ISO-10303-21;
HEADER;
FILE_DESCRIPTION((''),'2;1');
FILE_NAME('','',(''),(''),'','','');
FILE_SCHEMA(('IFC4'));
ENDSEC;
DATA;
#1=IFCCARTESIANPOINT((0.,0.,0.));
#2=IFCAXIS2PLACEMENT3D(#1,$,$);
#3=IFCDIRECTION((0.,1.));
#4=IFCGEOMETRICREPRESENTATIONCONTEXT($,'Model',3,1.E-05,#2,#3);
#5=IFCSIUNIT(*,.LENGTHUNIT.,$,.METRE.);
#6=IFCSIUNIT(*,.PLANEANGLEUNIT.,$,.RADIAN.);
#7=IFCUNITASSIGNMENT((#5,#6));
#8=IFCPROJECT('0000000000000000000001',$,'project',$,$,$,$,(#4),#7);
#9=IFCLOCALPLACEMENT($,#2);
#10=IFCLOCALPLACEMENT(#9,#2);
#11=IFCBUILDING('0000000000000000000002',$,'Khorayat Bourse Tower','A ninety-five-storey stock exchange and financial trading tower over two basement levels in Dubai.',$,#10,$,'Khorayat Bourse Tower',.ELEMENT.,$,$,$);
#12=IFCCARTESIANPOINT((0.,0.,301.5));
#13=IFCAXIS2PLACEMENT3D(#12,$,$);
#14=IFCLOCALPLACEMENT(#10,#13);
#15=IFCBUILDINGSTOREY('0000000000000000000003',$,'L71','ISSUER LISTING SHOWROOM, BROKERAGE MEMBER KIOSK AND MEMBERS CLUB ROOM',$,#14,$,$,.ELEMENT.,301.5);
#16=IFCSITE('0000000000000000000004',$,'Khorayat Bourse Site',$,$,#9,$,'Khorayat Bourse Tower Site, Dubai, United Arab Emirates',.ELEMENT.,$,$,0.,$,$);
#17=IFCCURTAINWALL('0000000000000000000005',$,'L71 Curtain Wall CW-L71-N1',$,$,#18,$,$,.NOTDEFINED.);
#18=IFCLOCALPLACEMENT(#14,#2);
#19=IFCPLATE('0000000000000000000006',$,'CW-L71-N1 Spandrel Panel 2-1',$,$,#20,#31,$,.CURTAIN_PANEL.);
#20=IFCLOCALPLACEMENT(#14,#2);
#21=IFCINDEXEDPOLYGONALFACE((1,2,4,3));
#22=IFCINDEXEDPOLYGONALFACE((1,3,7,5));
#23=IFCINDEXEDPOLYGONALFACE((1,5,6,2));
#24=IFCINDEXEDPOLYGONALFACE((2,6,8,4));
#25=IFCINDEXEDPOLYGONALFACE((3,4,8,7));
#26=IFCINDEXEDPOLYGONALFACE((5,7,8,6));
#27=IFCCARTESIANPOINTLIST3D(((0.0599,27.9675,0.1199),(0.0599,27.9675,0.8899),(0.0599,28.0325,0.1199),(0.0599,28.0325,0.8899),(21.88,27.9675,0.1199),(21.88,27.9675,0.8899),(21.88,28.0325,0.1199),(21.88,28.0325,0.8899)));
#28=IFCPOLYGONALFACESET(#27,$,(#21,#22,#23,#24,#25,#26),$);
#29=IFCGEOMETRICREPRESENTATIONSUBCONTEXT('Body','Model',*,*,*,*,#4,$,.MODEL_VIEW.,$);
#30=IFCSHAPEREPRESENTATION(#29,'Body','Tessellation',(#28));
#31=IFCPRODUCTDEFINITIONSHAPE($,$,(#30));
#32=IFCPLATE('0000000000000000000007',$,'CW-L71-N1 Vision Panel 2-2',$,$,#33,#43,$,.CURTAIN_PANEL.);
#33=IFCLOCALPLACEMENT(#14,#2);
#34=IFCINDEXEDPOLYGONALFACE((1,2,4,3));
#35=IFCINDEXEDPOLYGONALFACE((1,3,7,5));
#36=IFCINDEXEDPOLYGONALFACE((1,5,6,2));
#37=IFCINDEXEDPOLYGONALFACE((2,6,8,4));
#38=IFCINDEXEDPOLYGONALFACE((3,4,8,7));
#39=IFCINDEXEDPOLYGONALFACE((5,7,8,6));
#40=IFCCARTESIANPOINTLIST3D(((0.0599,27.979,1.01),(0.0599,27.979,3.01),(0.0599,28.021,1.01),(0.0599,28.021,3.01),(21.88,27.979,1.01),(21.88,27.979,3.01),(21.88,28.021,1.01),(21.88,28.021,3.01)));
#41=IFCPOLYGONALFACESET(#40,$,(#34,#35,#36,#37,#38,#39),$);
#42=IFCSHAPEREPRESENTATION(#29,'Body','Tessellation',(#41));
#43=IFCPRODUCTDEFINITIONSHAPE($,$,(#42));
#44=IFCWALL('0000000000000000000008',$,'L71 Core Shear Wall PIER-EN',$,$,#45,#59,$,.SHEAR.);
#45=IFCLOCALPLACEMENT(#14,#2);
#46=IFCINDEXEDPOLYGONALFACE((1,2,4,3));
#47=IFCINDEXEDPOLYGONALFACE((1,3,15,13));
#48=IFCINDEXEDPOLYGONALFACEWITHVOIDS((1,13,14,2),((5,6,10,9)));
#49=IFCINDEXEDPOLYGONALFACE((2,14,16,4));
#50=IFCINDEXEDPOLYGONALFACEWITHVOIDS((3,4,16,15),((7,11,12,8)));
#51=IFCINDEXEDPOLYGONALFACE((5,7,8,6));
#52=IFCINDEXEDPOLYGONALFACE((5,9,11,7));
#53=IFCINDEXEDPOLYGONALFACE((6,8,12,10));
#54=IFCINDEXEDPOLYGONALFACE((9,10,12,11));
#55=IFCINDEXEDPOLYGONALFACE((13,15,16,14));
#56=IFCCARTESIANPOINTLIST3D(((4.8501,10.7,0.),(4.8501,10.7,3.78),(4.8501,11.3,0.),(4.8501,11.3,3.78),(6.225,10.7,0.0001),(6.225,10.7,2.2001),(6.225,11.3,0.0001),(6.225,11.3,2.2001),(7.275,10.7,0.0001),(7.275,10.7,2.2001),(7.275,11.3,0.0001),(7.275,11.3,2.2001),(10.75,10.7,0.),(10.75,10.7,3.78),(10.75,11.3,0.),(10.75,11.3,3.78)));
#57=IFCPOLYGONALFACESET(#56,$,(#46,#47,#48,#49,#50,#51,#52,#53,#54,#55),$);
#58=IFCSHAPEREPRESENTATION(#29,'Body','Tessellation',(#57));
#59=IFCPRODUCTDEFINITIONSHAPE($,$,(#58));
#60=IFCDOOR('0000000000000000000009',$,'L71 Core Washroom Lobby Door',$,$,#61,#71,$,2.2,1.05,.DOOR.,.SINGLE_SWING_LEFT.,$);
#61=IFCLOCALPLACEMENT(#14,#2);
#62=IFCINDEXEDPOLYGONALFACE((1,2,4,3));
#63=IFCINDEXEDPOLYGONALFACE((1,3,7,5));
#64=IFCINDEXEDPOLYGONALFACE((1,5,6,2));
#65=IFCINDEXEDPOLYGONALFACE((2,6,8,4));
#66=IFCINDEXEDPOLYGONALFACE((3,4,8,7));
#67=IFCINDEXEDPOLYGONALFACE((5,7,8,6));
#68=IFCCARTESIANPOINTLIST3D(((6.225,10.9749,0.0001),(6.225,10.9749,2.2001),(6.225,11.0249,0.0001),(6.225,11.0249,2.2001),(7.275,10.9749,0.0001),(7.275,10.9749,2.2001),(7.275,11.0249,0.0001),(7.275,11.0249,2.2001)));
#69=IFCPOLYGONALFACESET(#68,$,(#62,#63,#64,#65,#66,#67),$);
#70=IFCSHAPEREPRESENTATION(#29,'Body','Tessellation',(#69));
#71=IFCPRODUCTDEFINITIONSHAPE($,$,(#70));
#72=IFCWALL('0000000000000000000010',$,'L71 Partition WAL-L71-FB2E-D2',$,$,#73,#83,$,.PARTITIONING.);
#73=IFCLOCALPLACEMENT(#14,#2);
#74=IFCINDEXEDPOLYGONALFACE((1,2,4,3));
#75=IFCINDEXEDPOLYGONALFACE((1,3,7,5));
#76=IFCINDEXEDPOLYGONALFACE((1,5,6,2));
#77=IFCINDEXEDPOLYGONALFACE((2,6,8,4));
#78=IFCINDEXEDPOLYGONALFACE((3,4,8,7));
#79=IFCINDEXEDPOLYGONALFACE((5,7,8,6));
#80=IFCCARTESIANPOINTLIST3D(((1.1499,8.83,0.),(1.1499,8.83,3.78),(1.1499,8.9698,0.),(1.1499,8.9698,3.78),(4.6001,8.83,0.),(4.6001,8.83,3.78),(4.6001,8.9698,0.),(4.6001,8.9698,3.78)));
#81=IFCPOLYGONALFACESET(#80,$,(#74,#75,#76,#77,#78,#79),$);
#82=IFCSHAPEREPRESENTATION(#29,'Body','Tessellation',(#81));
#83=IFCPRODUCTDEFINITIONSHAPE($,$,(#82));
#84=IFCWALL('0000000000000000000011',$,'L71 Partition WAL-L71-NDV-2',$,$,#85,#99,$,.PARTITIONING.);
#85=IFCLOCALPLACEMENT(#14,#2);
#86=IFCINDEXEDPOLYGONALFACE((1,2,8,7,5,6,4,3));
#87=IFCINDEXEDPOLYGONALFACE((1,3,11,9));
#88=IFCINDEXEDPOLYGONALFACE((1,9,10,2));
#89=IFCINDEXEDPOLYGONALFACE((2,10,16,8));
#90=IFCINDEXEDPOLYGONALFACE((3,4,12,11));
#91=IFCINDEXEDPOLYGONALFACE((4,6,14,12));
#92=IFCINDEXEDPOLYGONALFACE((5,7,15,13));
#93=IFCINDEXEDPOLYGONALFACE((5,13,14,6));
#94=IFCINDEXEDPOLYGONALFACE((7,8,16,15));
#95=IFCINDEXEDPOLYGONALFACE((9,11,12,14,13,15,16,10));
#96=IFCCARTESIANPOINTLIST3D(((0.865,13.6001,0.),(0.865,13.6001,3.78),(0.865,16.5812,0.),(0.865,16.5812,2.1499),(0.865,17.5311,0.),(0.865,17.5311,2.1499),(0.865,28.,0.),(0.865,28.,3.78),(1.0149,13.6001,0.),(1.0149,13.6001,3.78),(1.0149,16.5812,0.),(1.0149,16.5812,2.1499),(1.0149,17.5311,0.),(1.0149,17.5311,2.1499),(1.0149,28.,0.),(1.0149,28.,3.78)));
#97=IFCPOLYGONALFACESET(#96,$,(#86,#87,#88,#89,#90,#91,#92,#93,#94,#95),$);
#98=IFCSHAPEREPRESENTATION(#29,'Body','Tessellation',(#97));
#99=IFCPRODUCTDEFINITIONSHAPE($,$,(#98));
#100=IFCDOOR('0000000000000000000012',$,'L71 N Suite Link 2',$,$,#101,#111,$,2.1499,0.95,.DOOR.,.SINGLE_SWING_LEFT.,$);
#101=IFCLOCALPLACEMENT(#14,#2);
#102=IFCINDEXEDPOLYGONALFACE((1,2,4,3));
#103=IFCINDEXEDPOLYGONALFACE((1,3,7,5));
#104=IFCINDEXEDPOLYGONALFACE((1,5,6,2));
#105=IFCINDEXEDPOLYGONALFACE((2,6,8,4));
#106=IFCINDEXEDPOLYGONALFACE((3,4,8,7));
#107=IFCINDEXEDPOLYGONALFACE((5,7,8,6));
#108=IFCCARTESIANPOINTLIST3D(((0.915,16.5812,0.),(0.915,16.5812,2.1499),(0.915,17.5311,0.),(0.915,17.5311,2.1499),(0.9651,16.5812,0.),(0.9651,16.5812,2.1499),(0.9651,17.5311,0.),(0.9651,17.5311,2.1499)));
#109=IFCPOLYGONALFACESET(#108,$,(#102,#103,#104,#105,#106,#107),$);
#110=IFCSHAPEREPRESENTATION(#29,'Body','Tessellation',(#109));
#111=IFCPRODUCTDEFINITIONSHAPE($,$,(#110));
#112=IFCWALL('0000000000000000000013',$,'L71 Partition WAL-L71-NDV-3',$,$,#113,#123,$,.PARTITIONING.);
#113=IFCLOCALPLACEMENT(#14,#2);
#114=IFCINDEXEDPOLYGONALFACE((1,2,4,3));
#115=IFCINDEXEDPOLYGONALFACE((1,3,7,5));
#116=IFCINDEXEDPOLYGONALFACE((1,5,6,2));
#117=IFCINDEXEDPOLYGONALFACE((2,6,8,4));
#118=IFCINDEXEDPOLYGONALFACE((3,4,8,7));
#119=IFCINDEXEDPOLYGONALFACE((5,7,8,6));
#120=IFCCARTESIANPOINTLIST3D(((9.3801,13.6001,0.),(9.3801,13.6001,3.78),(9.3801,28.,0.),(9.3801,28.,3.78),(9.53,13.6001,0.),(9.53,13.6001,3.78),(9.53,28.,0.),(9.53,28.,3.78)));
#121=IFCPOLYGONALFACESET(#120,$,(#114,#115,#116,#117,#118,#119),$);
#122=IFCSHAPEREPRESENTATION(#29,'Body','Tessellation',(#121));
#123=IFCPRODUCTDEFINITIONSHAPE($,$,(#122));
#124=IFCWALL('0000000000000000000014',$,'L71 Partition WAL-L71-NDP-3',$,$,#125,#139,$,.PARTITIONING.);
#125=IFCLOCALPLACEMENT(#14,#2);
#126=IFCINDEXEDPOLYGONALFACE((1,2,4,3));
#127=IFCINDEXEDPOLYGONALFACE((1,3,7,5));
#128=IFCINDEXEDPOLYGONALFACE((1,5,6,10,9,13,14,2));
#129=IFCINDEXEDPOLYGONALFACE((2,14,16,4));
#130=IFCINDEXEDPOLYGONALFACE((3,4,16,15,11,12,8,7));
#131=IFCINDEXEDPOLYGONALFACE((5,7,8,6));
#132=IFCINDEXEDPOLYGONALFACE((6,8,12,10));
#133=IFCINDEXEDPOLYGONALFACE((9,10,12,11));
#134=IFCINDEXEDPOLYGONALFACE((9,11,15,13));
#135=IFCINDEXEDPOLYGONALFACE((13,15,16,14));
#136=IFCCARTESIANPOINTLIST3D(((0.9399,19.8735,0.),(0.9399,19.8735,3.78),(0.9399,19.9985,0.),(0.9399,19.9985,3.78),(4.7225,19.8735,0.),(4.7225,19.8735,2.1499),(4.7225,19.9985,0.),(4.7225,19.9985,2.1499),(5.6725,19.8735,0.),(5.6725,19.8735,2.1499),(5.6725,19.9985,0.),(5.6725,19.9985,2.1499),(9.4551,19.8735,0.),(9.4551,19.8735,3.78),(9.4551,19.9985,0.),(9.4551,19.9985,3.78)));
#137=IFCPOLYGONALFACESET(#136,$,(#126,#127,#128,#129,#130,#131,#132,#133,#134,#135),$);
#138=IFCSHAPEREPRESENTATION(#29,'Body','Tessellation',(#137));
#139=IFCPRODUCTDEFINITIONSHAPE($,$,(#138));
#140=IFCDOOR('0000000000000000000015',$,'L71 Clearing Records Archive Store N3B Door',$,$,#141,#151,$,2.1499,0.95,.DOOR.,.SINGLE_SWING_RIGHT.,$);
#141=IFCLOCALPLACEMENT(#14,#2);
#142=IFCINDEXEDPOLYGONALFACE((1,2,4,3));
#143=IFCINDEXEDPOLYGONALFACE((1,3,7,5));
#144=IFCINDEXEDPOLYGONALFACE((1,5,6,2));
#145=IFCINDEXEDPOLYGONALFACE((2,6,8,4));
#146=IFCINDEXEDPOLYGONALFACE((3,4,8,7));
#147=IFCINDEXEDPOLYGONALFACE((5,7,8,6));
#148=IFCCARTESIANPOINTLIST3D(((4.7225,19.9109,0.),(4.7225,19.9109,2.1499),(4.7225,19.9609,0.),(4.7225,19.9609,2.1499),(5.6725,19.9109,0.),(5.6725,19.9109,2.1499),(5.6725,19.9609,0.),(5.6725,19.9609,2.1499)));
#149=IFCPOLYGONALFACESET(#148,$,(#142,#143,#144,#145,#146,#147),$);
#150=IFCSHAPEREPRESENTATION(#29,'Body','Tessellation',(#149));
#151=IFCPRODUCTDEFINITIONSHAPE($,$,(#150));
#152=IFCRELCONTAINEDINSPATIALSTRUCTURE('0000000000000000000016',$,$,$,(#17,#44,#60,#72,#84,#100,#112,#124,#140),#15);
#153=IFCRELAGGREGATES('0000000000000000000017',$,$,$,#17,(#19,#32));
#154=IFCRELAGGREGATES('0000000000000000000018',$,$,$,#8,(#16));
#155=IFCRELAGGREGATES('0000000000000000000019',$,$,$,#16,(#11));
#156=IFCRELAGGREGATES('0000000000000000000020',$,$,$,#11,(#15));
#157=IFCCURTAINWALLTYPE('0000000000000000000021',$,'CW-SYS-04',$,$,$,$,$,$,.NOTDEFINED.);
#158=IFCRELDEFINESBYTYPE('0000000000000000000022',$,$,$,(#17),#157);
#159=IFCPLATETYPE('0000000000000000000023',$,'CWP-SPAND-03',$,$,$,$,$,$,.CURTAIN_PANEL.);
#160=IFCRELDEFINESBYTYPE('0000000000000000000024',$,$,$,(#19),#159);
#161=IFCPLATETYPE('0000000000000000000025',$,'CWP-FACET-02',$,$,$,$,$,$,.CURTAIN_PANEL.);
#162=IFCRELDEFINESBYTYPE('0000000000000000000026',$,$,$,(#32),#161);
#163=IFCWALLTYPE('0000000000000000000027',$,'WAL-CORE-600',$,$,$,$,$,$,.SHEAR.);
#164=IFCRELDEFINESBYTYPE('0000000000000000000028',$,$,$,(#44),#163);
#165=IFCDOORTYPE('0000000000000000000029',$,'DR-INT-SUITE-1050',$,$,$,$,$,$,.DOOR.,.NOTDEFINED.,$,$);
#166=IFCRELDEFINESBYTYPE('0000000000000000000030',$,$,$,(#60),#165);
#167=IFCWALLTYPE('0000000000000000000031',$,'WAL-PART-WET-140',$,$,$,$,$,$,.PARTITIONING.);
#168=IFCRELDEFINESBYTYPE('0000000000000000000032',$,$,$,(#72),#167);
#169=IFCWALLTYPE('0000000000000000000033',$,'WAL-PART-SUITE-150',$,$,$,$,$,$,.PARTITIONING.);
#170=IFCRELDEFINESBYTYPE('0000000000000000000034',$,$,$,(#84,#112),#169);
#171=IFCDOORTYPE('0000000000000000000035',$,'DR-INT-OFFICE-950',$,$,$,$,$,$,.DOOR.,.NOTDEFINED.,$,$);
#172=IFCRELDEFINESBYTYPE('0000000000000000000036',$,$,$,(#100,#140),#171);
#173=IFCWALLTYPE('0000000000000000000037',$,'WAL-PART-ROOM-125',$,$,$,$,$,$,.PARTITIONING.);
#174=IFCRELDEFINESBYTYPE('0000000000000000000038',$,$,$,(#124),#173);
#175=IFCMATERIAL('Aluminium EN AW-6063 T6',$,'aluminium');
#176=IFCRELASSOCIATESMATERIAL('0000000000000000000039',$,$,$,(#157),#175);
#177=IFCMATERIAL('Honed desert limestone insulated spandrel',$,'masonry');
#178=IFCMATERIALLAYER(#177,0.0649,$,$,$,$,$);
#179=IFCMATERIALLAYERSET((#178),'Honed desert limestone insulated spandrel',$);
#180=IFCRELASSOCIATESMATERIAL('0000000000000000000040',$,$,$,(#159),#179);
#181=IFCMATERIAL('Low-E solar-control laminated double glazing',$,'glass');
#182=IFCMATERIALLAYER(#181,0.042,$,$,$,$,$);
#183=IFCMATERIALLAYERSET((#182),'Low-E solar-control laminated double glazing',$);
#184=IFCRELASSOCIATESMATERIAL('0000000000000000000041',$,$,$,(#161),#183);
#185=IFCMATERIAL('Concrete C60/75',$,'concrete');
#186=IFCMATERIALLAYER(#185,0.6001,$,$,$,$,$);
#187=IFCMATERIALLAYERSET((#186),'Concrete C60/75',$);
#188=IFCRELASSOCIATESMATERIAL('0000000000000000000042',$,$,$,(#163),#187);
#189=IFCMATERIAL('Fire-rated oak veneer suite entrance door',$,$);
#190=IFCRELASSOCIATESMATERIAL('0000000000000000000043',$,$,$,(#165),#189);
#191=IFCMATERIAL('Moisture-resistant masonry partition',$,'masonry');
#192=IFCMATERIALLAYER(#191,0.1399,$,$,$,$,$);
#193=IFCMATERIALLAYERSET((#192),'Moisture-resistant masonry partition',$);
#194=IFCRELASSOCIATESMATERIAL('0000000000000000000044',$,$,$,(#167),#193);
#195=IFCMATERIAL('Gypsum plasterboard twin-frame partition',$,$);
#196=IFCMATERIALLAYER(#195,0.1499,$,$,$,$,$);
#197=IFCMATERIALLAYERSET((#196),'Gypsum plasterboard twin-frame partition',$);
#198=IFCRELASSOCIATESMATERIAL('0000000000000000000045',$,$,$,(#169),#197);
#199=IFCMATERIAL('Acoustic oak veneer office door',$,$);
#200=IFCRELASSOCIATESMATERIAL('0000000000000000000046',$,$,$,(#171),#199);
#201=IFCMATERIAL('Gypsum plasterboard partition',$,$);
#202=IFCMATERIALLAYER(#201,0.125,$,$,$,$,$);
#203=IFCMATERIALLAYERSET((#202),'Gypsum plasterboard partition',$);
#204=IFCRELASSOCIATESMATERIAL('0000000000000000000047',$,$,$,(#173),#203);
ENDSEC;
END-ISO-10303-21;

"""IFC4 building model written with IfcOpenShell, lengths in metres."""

from ifc_helpers import new_model, si_unit, direction, frame, frame_2d, origin, origin_2d, place, context, subcontext, project, spatial, rectangle, extrude, source, transform, mapped, material, layer, layer_set, type_object, element, fill, aggregate, save


model = new_model("IFC4")

# Units and contexts
model_context = context("Model", 3, precision=1e-05, world=origin(), true_north=direction((0.0, 1.0)))
body_context = subcontext(model_context, "Body", "Model", "MODEL_VIEW")
ifc_project = project(units=[si_unit("LENGTHUNIT", "METRE"), si_unit("PLANEANGLEUNIT", "RADIAN")], contexts=[model_context])

# Site, building, storey
site_placement = place(None, origin())
site = spatial("IfcSite", under=ifc_project, at=site_placement, Name="Khorayat Bourse Site", LongName="Khorayat Bourse Tower Site, Dubai, United Arab Emirates", CompositionType="ELEMENT", RefElevation=0.0)
building_placement = place(site_placement, origin())
building = spatial("IfcBuilding", under=site, at=building_placement, Name="Khorayat Bourse Tower", Description="A ninety-five-storey stock exchange and financial trading tower over two basement levels in Dubai.", LongName="Khorayat Bourse Tower", CompositionType="ELEMENT")
storey_placement = place(building_placement, frame((0.0, 0.0, 301.5)))
storey = spatial("IfcBuildingStorey", under=building, at=storey_placement, Name="L71", Description="ISSUER LISTING SHOWROOM, BROKERAGE MEMBER KIOSK AND MEMBERS CLUB ROOM", CompositionType="ELEMENT", Elevation=301.5)

# Shared definitions
ifc_material_1 = material(Name="Concrete C60/75", Category="concrete")

# Curtain wall
ifc_material_2 = material(Name="Aluminium EN AW-6063 T6", Category="aluminium")
curtain_wall_type = type_object("IfcCurtainWallType", Name="CW-SYS-04", PredefinedType="NOTDEFINED", material=ifc_material_2)
curtain_wall_placement = place(storey_placement, origin())
curtain_wall = element("IfcCurtainWall", 1, at=curtain_wall_placement, inside=storey, type_object=curtain_wall_type, Name="L71 Curtain Wall CW-L71-N1", PredefinedType="NOTDEFINED")

# Plates
ifc_material_3 = material(Name="Honed desert limestone insulated spandrel", Category="masonry")
ifc_layer_1 = layer(ifc_material_3, 0.0649)
ifc_layer_set_1 = layer_set([ifc_layer_1], Name="Honed desert limestone insulated spandrel")
plate_type_1 = type_object("IfcPlateType", Name="CWP-SPAND-03", PredefinedType="CURTAIN_PANEL", material=ifc_layer_set_1)
shared_shape_1 = source(origin(), body_context, "Body", "SweptSolid", [
    extrude(rectangle(XDim=21.8201, YDim=0.0649, at=origin_2d()), origin(), (0.0, 0.0, 1.0), 0.77),
])
plate_1_placement = place(storey_placement, frame((10.97, 28.0, 0.1199), z_axis=(0.0, 0.0, 1.0), x_axis=(1.0, 0.0, 0.0)))
plate_1 = element("IfcPlate", 2, at=plate_1_placement, type_object=plate_type_1, Name="CW-L71-N1 Spandrel Panel 2-1", PredefinedType="CURTAIN_PANEL", context=body_context, shape_type="MappedRepresentation", body=[
    mapped(shared_shape_1, transform((0.0, 0.0, 0.0), scale=1.0)),
])
ifc_material_4 = material(Name="Low-E solar-control laminated double glazing", Category="glass")
ifc_layer_2 = layer(ifc_material_4, 0.042)
ifc_layer_set_2 = layer_set([ifc_layer_2], Name="Low-E solar-control laminated double glazing")
plate_type_2 = type_object("IfcPlateType", Name="CWP-FACET-02", PredefinedType="CURTAIN_PANEL", material=ifc_layer_set_2)
shared_shape_2 = source(origin(), body_context, "Body", "SweptSolid", [
    extrude(rectangle(XDim=21.8201, YDim=0.042, at=origin_2d()), origin(), (0.0, 0.0, 1.0), 2.0),
])
plate_2_placement = place(storey_placement, frame((10.97, 28.0, 1.01), z_axis=(0.0, 0.0, 1.0), x_axis=(1.0, 0.0, 0.0)))
plate_2 = element("IfcPlate", 3, at=plate_2_placement, type_object=plate_type_2, Name="CW-L71-N1 Vision Panel 2-2", PredefinedType="CURTAIN_PANEL", context=body_context, shape_type="MappedRepresentation", body=[
    mapped(shared_shape_2, transform((0.0, 0.0, 0.0), scale=1.0)),
])
aggregate(curtain_wall, [plate_1, plate_2])

# Wall, opening, door
ifc_layer_3 = layer(ifc_material_1, 0.6001)
ifc_layer_set_3 = layer_set([ifc_layer_3], Name="Concrete C60/75")
wall_type_1 = type_object("IfcWallType", Name="WAL-CORE-600", PredefinedType="SHEAR", material=ifc_layer_set_3)
shared_shape_3 = source(origin(), body_context, "Body", "SweptSolid", [
    extrude(rectangle(XDim=5.8999, YDim=0.6001, at=frame_2d((2.95, 0.0))), origin(), (0.0, 0.0, 1.0), 3.78),
])
wall_1_placement = place(storey_placement, frame((4.8501, 11.0, 0.0), z_axis=(0.0, 0.0, 1.0), x_axis=(1.0, 0.0, 0.0)))
wall_1 = element("IfcWall", 4, at=wall_1_placement, inside=storey, type_object=wall_type_1, Name="L71 Core Shear Wall PIER-EN", PredefinedType="SHEAR", context=body_context, shape_type="MappedRepresentation", body=[
    mapped(shared_shape_3, transform((0.0, 0.0, 0.0), scale=1.0)),
])
shared_shape_4 = source(origin(), body_context, "Body", "SweptSolid", [
    extrude(rectangle(XDim=1.05, YDim=2.2, at=frame_2d((0.5249, 1.1001))), frame((0.0, 0.3101, 0.0), z_axis=(0.0, -1.0, 0.0), x_axis=(1.0, 0.0, 0.0)), (0.0, 0.0, 1.0), 0.6201),
])
opening_1_placement = place(wall_1_placement, frame((1.375, 0.0, 0.0)))
opening_1 = element("IfcOpeningElement", 5, at=opening_1_placement, cuts=wall_1, PredefinedType="OPENING", context=body_context, shape_type="MappedRepresentation", body=[
    mapped(shared_shape_4, transform((0.0, 0.0, 0.0), scale=1.0)),
])
ifc_material_5 = material(Name="Fire-rated oak veneer suite entrance door")
door_type_1 = type_object("IfcDoorType", Name="DR-INT-SUITE-1050", OperationType="NOTDEFINED", PredefinedType="DOOR", material=ifc_material_5)
shared_shape_5 = source(origin(), body_context, "Body", "SweptSolid", [
    extrude(rectangle(XDim=1.05, YDim=2.2, at=frame_2d((0.5249, 1.1001))), frame((0.0, 0.0249, 0.0), z_axis=(0.0, -1.0, 0.0), x_axis=(1.0, 0.0, 0.0)), (0.0, 0.0, 1.0), 0.05),
])
door_1_placement = place(opening_1_placement, origin())
door_1 = element("IfcDoor", 6, at=door_1_placement, inside=storey, type_object=door_type_1, Name="L71 Core Washroom Lobby Door", OperationType="SINGLE_SWING_LEFT", OverallHeight=2.2, OverallWidth=1.05, PredefinedType="DOOR", context=body_context, shape_type="MappedRepresentation", body=[
    mapped(shared_shape_5, transform((0.0, 0.0, 0.0), scale=1.0)),
])
fill(opening_1, door_1)
ifc_material_6 = material(Name="Moisture-resistant masonry partition", Category="masonry")
ifc_layer_4 = layer(ifc_material_6, 0.1399)
ifc_layer_set_4 = layer_set([ifc_layer_4], Name="Moisture-resistant masonry partition")
wall_type_2 = type_object("IfcWallType", Name="WAL-PART-WET-140", PredefinedType="PARTITIONING", material=ifc_layer_set_4)

# Wall
shared_shape_6 = source(origin(), body_context, "Body", "SweptSolid", [
    extrude(rectangle(XDim=3.4502, YDim=0.1399, at=frame_2d((1.7251, 0.0))), origin(), (0.0, 0.0, 1.0), 3.78),
])
wall_2_placement = place(storey_placement, frame((1.1499, 8.8999, 0.0), z_axis=(0.0, 0.0, 1.0), x_axis=(1.0, 0.0, 0.0)))
element("IfcWall", 7, at=wall_2_placement, inside=storey, type_object=wall_type_2, Name="L71 Partition WAL-L71-FB2E-D2", PredefinedType="PARTITIONING", context=body_context, shape_type="MappedRepresentation", body=[
    mapped(shared_shape_6, transform((0.0, 0.0, 0.0), scale=1.0)),
])

# Wall, opening, door
ifc_material_7 = material(Name="Gypsum plasterboard twin-frame partition")
ifc_layer_5 = layer(ifc_material_7, 0.1499)
ifc_layer_set_5 = layer_set([ifc_layer_5], Name="Gypsum plasterboard twin-frame partition")
wall_type_3 = type_object("IfcWallType", Name="WAL-PART-SUITE-150", PredefinedType="PARTITIONING", material=ifc_layer_set_5)
shared_shape_7 = source(origin(), body_context, "Body", "SweptSolid", [
    extrude(rectangle(XDim=14.3999, YDim=0.1499, at=frame_2d((7.2, 0.0))), origin(), (0.0, 0.0, 1.0), 3.78),
])
wall_3_placement = place(storey_placement, frame((0.9399, 13.6001, 0.0), z_axis=(0.0, 0.0, 1.0), x_axis=(0.0, 1.0, 0.0)))
wall_3 = element("IfcWall", 8, at=wall_3_placement, inside=storey, type_object=wall_type_3, Name="L71 Partition WAL-L71-NDV-2", PredefinedType="PARTITIONING", context=body_context, shape_type="MappedRepresentation", body=[
    mapped(shared_shape_7, transform((0.0, 0.0, 0.0), scale=1.0)),
])
shared_shape_8 = source(origin(), body_context, "Body", "SweptSolid", [
    extrude(rectangle(XDim=0.95, YDim=2.1499, at=frame_2d((0.4751, 1.075))), frame((0.0, 0.085, 0.0), z_axis=(0.0, -1.0, 0.0), x_axis=(1.0, 0.0, 0.0)), (0.0, 0.0, 1.0), 0.1699),
])
opening_2_placement = place(wall_3_placement, frame((2.981, 0.0, 0.0)))
opening_2 = element("IfcOpeningElement", 9, at=opening_2_placement, cuts=wall_3, PredefinedType="OPENING", context=body_context, shape_type="MappedRepresentation", body=[
    mapped(shared_shape_8, transform((0.0, 0.0, 0.0), scale=1.0)),
])
ifc_material_8 = material(Name="Acoustic oak veneer office door")
door_type_2 = type_object("IfcDoorType", Name="DR-INT-OFFICE-950", OperationType="NOTDEFINED", PredefinedType="DOOR", material=ifc_material_8)
shared_shape_9 = source(origin(), body_context, "Body", "SweptSolid", [
    extrude(rectangle(XDim=0.95, YDim=2.1499, at=frame_2d((0.4751, 1.075))), frame((0.0, 0.0249, 0.0), z_axis=(0.0, -1.0, 0.0), x_axis=(1.0, 0.0, 0.0)), (0.0, 0.0, 1.0), 0.05),
])
door_2_placement = place(opening_2_placement, origin())
door_2 = element("IfcDoor", 10, at=door_2_placement, inside=storey, type_object=door_type_2, Name="L71 N Suite Link 2", OperationType="SINGLE_SWING_LEFT", OverallHeight=2.1499, OverallWidth=0.95, PredefinedType="DOOR", context=body_context, shape_type="MappedRepresentation", body=[
    mapped(shared_shape_9, transform((0.0, 0.0, 0.0), scale=1.0)),
])
fill(opening_2, door_2)

# Wall
wall_4_placement = place(storey_placement, frame((9.4551, 13.6001, 0.0), z_axis=(0.0, 0.0, 1.0), x_axis=(0.0, 1.0, 0.0)))
element("IfcWall", 11, at=wall_4_placement, inside=storey, type_object=wall_type_3, Name="L71 Partition WAL-L71-NDV-3", PredefinedType="PARTITIONING", context=body_context, shape_type="MappedRepresentation", body=[
    mapped(shared_shape_7, transform((0.0, 0.0, 0.0), scale=1.0)),
])

# Wall, opening, door
ifc_material_9 = material(Name="Gypsum plasterboard partition")
ifc_layer_6 = layer(ifc_material_9, 0.125)
ifc_layer_set_6 = layer_set([ifc_layer_6], Name="Gypsum plasterboard partition")
wall_type_4 = type_object("IfcWallType", Name="WAL-PART-ROOM-125", PredefinedType="PARTITIONING", material=ifc_layer_set_6)
shared_shape_10 = source(origin(), body_context, "Body", "SweptSolid", [
    extrude(rectangle(XDim=8.5151, YDim=0.125, at=frame_2d((4.2576, 0.0))), origin(), (0.0, 0.0, 1.0), 3.78),
])
wall_5_placement = place(storey_placement, frame((0.9399, 19.936, 0.0), z_axis=(0.0, 0.0, 1.0), x_axis=(1.0, 0.0, 0.0)))
wall_5 = element("IfcWall", 12, at=wall_5_placement, inside=storey, type_object=wall_type_4, Name="L71 Partition WAL-L71-NDP-3", PredefinedType="PARTITIONING", context=body_context, shape_type="MappedRepresentation", body=[
    mapped(shared_shape_10, transform((0.0, 0.0, 0.0), scale=1.0)),
])
shared_shape_11 = source(origin(), body_context, "Body", "SweptSolid", [
    extrude(rectangle(XDim=0.95, YDim=2.1499, at=frame_2d((0.4751, 1.075))), frame((0.0, 0.0725, 0.0), z_axis=(0.0, -1.0, 0.0), x_axis=(1.0, 0.0, 0.0)), (0.0, 0.0, 1.0), 0.145),
])
opening_3_placement = place(wall_5_placement, frame((3.7825, 0.0, 0.0)))
opening_3 = element("IfcOpeningElement", 13, at=opening_3_placement, cuts=wall_5, PredefinedType="OPENING", context=body_context, shape_type="MappedRepresentation", body=[
    mapped(shared_shape_11, transform((0.0, 0.0, 0.0), scale=1.0)),
])
door_3_placement = place(opening_3_placement, origin())
door_3 = element("IfcDoor", 14, at=door_3_placement, inside=storey, type_object=door_type_2, Name="L71 Clearing Records Archive Store N3B Door", OperationType="SINGLE_SWING_RIGHT", OverallHeight=2.1499, OverallWidth=0.95, PredefinedType="DOOR", context=body_context, shape_type="MappedRepresentation", body=[
    mapped(shared_shape_9, transform((0.0, 0.0, 0.0), scale=1.0)),
])
fill(opening_3, door_3)

save(model, "model.ifc")
